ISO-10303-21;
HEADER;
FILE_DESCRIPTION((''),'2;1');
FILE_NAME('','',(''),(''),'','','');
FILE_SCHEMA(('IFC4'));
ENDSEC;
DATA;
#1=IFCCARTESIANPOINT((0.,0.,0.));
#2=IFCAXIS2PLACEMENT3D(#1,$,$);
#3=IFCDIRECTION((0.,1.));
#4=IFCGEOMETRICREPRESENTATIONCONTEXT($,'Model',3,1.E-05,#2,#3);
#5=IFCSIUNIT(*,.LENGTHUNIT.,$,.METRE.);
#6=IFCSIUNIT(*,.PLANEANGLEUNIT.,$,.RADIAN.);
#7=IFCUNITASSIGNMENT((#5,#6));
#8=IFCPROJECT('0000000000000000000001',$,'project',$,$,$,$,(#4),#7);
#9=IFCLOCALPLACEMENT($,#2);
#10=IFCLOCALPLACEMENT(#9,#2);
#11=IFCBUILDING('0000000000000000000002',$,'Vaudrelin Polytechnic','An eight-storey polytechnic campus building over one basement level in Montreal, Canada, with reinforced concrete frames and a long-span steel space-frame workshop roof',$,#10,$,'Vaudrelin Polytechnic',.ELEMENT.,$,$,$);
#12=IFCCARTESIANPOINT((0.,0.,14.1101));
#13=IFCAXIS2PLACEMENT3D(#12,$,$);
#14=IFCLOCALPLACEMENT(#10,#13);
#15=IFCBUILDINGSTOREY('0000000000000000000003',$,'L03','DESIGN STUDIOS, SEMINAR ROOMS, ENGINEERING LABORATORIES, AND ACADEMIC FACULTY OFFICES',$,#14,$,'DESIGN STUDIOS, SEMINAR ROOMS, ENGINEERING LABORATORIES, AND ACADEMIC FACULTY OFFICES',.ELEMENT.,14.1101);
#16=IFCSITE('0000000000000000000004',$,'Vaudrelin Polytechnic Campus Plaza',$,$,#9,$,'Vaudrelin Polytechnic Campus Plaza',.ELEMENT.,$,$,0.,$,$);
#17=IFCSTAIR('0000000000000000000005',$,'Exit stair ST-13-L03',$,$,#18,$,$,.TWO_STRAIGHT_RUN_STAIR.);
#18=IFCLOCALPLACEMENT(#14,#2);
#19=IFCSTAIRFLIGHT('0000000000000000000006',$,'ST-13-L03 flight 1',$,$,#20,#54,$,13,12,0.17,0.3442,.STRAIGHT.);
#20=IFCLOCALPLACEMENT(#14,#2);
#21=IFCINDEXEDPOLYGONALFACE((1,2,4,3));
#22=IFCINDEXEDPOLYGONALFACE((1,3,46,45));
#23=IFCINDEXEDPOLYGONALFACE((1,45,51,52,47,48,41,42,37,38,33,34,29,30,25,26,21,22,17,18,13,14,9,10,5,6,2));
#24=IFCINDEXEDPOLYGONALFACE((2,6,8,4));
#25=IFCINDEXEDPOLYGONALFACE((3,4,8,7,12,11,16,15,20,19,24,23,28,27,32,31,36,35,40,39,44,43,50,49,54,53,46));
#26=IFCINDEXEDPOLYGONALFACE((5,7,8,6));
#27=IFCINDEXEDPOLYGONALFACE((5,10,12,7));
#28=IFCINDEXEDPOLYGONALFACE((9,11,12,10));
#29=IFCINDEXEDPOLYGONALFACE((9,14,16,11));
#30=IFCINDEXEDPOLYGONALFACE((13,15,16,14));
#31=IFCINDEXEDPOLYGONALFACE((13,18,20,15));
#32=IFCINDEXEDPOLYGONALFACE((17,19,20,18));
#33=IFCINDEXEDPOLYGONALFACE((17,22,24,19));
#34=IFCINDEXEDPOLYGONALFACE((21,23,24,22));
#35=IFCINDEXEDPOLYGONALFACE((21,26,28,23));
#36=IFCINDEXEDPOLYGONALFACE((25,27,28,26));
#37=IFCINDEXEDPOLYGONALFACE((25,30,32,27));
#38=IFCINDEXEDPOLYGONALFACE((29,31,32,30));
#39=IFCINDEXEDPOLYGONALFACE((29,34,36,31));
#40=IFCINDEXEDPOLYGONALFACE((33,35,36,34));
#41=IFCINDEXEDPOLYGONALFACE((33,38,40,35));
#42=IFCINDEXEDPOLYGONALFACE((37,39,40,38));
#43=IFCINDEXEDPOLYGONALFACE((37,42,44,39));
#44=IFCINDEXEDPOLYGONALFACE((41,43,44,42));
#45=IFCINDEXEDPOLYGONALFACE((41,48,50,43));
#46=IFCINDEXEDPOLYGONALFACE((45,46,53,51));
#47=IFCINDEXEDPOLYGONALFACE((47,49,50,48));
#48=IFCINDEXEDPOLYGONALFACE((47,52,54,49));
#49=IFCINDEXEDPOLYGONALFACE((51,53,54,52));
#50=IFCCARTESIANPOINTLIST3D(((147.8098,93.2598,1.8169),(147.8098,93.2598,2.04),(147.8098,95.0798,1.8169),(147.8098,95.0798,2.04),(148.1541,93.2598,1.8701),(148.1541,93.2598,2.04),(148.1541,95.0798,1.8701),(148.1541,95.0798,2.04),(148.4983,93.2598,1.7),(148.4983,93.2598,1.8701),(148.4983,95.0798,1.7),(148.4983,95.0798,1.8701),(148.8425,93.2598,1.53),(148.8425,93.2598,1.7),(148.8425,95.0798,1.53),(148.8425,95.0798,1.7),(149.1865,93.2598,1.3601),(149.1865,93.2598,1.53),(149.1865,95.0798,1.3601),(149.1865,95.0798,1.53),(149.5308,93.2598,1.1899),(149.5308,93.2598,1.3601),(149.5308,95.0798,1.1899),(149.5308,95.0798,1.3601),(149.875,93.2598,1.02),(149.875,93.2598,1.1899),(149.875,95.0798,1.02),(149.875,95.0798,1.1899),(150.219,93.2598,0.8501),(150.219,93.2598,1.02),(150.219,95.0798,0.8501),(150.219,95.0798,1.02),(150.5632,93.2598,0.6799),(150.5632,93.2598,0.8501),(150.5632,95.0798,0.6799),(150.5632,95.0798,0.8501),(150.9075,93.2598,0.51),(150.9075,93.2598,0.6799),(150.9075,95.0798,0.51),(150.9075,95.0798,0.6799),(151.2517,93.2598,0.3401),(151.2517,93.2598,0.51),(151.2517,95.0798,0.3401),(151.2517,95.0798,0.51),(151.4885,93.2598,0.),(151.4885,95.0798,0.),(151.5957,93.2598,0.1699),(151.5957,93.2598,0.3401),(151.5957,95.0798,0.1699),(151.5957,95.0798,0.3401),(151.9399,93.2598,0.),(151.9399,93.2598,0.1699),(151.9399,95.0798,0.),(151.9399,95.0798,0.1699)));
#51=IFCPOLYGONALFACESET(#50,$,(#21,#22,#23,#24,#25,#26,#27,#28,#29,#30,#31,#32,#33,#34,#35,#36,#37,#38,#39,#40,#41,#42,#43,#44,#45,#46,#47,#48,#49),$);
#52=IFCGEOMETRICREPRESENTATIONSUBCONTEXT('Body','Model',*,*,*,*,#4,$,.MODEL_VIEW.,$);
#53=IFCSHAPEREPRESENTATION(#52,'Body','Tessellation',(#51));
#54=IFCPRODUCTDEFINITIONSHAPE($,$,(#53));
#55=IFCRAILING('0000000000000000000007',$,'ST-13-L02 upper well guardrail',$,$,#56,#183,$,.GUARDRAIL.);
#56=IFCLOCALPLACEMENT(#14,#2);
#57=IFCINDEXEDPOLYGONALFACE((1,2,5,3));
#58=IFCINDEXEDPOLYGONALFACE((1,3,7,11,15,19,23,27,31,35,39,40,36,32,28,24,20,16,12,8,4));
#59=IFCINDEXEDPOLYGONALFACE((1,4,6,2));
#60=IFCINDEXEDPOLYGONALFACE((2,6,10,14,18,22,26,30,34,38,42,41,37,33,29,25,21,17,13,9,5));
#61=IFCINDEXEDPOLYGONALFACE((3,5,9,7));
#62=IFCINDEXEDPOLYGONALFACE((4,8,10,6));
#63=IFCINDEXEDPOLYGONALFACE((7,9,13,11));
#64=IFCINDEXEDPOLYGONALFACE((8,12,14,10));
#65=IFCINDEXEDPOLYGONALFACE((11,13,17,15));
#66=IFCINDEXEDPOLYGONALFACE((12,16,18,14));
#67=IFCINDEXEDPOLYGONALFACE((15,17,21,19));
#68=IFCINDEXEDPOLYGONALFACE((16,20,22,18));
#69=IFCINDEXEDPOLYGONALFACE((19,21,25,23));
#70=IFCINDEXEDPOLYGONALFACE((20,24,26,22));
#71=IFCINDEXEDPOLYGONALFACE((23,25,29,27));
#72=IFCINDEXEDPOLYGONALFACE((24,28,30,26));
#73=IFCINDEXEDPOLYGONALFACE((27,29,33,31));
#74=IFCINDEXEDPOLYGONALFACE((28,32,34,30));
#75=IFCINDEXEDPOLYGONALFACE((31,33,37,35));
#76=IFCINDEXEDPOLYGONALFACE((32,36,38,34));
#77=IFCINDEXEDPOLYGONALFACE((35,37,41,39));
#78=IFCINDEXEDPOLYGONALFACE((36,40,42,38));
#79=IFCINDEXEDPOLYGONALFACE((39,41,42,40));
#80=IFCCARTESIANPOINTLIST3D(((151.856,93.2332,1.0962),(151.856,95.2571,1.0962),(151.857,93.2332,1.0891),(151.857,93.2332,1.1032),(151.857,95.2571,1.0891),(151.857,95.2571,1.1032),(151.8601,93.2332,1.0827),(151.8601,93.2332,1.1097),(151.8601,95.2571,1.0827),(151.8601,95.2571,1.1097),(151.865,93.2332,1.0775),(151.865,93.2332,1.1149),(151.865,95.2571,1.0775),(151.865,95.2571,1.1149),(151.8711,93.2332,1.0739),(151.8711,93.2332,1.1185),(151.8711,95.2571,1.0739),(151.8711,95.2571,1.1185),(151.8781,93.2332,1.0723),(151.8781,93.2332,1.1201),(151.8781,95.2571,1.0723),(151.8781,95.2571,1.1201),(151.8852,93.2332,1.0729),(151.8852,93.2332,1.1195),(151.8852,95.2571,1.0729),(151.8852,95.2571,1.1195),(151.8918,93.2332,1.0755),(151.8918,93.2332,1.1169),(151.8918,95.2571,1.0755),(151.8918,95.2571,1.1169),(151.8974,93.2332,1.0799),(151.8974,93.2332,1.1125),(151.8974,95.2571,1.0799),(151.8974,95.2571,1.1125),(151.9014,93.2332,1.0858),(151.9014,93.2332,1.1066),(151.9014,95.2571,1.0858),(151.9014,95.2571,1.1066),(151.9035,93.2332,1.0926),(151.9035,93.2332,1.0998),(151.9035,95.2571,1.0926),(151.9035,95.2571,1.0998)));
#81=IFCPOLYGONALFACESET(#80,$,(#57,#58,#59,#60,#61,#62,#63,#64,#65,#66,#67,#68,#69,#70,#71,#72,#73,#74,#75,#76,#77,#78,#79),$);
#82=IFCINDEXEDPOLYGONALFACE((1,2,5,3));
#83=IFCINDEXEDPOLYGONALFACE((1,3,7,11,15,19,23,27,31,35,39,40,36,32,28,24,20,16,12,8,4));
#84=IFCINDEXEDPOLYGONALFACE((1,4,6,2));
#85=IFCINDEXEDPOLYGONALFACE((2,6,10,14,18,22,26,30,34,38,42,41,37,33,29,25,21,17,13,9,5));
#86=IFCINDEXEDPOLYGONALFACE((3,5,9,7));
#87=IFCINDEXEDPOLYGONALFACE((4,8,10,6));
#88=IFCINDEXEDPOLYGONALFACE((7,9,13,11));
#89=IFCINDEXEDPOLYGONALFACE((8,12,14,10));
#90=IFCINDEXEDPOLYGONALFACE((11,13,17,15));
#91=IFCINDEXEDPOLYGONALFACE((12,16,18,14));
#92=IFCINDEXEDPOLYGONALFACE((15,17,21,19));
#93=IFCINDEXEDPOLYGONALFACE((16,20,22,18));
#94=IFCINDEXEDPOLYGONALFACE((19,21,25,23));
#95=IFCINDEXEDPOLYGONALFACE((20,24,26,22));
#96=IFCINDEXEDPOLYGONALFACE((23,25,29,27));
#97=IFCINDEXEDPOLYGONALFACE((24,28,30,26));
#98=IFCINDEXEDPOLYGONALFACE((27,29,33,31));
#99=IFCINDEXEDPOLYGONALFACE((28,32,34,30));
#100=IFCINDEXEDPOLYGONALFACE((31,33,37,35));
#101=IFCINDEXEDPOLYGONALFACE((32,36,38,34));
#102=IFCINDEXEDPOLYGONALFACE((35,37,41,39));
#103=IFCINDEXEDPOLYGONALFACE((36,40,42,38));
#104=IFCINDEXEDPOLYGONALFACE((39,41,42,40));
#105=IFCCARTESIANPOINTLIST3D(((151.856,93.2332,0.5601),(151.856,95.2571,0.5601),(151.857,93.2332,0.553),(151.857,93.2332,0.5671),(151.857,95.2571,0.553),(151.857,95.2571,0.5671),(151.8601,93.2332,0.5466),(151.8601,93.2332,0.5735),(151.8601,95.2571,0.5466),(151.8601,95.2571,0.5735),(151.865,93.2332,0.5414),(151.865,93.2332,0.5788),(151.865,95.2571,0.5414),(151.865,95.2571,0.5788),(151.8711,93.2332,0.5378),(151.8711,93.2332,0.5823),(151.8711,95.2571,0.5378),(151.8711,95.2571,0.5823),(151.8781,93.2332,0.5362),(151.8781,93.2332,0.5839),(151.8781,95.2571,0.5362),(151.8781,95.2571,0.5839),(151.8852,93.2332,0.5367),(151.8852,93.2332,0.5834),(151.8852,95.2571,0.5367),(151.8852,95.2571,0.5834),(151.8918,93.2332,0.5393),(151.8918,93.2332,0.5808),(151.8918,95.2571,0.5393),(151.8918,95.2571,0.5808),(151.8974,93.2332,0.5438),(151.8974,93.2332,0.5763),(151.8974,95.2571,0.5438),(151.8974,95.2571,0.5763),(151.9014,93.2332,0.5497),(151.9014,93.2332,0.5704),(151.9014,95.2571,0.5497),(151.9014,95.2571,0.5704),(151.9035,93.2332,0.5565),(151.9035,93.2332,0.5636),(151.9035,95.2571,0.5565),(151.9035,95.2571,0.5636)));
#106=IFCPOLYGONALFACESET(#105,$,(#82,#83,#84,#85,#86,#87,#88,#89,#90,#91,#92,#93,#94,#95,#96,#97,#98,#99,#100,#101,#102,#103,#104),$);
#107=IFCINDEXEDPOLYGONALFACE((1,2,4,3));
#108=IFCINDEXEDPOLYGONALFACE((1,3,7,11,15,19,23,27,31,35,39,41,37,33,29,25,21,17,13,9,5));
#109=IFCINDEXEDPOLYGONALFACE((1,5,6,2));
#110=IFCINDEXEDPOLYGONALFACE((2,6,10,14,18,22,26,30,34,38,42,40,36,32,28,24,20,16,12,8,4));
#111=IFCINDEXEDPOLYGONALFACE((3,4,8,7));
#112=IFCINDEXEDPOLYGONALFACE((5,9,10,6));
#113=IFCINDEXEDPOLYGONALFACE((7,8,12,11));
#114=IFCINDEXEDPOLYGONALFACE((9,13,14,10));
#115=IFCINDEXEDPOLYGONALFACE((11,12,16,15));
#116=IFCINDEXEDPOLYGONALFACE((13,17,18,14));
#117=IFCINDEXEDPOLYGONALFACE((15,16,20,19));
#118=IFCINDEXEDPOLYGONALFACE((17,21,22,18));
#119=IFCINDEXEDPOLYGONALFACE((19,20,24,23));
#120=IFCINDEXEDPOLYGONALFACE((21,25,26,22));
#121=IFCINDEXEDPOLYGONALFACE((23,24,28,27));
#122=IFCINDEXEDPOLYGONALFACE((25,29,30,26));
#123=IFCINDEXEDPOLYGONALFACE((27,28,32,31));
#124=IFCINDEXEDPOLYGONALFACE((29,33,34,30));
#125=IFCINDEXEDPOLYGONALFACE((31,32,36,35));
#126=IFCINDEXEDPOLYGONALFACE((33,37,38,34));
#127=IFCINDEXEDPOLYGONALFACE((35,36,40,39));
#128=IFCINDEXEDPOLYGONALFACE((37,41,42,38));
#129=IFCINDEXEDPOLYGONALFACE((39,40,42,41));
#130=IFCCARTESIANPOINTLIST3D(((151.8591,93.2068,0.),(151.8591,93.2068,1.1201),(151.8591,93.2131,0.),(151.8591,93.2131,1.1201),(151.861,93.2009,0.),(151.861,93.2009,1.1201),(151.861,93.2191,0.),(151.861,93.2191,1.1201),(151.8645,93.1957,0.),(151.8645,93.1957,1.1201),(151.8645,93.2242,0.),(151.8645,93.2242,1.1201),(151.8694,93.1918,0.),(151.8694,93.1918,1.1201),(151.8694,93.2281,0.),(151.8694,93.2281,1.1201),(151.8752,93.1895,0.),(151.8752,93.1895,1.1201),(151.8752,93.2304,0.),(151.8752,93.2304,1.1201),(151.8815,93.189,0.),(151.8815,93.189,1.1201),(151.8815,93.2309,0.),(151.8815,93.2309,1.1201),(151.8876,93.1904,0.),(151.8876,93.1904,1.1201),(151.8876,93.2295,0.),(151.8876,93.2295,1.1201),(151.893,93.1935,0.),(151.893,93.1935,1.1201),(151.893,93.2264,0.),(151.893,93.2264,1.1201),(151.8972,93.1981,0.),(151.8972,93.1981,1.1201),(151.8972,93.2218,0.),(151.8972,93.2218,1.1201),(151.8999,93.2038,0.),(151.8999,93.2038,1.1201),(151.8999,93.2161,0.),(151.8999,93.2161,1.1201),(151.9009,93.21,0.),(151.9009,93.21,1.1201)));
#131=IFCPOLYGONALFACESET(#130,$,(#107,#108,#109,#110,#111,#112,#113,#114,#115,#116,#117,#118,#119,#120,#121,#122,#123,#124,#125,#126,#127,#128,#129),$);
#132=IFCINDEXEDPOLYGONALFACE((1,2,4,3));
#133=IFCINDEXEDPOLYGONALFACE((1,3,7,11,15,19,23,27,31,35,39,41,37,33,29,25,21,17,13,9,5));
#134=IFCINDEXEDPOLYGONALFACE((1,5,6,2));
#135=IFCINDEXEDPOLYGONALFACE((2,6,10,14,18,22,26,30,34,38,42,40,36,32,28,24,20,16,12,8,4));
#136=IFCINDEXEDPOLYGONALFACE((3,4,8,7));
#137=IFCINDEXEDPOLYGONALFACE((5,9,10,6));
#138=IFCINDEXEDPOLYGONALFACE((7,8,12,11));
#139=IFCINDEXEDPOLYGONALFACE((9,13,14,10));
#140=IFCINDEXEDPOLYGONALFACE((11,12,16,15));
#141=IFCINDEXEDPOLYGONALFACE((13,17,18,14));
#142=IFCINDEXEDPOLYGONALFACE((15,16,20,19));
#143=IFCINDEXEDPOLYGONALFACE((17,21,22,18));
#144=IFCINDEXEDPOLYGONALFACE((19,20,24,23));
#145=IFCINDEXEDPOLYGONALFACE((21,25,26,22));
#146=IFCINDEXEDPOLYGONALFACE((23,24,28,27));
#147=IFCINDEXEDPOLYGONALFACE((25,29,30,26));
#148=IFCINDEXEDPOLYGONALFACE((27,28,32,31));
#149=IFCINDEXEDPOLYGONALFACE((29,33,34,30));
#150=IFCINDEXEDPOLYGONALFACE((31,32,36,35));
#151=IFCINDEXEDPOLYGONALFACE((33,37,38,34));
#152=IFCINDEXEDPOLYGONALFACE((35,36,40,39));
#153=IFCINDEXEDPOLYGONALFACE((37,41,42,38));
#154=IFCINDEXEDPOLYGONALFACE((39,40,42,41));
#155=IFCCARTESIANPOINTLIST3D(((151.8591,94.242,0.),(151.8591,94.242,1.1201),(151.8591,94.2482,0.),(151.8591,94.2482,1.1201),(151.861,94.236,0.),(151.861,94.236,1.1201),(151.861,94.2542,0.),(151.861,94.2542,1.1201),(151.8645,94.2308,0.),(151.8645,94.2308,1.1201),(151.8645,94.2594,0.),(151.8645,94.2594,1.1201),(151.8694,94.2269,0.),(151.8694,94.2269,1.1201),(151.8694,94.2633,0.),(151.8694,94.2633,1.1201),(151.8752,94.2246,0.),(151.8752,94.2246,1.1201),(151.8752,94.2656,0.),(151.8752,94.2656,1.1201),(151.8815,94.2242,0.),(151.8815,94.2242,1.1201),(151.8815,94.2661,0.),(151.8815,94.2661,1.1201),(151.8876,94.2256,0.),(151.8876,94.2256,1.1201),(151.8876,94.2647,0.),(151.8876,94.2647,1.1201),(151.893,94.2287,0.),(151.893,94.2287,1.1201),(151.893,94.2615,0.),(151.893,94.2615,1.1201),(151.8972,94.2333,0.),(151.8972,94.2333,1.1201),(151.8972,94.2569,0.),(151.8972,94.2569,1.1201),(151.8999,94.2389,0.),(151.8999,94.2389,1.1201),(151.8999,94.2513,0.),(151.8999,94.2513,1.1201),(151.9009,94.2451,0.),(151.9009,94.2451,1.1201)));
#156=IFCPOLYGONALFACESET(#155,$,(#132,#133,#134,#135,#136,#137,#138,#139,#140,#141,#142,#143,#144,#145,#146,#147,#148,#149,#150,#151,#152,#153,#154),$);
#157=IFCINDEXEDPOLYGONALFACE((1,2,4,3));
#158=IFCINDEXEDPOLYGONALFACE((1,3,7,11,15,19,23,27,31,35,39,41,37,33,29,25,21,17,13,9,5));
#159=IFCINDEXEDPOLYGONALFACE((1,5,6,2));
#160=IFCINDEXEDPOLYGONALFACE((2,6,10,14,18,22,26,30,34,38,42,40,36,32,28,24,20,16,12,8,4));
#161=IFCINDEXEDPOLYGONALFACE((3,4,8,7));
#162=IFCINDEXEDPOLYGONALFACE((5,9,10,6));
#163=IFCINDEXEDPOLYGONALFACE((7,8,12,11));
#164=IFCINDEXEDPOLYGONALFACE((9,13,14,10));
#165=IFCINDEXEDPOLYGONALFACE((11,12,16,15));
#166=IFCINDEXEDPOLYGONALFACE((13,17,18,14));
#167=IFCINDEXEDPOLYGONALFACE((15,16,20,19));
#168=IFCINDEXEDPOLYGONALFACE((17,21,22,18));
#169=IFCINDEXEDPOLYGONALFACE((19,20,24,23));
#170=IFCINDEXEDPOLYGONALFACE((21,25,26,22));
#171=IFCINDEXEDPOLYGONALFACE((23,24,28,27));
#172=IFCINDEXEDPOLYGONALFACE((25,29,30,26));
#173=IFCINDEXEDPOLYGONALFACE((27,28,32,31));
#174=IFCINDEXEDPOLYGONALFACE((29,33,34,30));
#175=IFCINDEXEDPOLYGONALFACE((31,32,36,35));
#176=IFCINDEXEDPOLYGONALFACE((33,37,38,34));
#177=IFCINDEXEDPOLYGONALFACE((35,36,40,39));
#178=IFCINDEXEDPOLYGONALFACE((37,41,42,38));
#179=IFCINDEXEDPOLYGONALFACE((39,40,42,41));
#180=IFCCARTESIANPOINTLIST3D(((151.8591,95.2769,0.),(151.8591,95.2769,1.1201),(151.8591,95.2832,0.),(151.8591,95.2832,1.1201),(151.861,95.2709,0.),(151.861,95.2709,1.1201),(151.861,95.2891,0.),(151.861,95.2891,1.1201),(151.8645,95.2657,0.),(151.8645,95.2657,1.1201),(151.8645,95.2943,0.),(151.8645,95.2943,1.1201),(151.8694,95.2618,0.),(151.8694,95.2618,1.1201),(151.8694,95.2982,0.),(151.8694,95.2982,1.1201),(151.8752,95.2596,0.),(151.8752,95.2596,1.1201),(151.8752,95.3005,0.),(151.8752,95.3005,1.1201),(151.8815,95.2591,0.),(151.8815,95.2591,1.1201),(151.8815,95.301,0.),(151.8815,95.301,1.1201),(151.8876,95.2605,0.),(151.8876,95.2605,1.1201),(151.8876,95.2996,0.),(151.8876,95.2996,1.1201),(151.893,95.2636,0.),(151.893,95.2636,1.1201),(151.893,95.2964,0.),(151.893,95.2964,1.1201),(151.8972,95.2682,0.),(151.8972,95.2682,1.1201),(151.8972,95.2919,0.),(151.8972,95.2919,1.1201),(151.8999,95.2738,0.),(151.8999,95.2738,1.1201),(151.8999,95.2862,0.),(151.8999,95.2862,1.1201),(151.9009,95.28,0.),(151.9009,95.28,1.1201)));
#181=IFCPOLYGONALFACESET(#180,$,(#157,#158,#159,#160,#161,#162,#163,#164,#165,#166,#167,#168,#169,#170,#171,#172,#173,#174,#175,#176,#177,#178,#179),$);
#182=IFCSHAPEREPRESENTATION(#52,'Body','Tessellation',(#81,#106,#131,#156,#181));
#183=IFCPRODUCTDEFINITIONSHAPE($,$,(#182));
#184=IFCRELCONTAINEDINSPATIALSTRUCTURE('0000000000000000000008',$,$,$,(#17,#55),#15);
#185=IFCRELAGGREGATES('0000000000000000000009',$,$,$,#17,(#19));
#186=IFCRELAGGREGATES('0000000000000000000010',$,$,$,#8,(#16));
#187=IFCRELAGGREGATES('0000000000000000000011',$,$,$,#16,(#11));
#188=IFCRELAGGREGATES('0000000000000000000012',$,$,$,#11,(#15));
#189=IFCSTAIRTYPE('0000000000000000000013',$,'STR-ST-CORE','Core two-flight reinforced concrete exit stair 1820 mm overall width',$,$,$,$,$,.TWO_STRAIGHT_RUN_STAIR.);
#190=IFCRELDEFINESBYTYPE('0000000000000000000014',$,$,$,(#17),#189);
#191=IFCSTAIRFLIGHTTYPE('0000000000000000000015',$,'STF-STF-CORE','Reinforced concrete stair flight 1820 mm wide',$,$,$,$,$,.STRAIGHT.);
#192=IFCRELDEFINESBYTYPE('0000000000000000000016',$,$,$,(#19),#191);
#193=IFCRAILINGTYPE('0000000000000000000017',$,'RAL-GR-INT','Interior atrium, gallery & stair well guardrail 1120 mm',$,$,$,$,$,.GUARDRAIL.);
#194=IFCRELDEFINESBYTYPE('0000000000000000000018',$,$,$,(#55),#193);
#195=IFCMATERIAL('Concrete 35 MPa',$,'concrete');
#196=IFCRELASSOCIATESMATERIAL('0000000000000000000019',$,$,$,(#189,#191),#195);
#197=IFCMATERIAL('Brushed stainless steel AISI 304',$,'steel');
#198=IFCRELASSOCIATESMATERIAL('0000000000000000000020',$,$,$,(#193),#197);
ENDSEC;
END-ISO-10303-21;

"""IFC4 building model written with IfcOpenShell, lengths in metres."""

from ifc_helpers import new_model, si_unit, direction, frame, origin, origin_2d, place, context, subcontext, project, spatial, polyline, circle, outline, extrude, material, type_object, element, aggregate, save


model = new_model("IFC4")

# Units and contexts
model_context = context("Model", 3, precision=1e-05, world=origin(), true_north=direction((0.0, 1.0)))
body_context = subcontext(model_context, "Body", "Model", "MODEL_VIEW")
ifc_project = project(units=[si_unit("LENGTHUNIT", "METRE"), si_unit("PLANEANGLEUNIT", "RADIAN")], contexts=[model_context])

# Site, building, storey
site_placement = place(None, origin())
site = spatial("IfcSite", under=ifc_project, at=site_placement, Name="Vaudrelin Polytechnic Campus Plaza", LongName="Vaudrelin Polytechnic Campus Plaza", CompositionType="ELEMENT", RefElevation=0.0)
building_placement = place(site_placement, origin())
building = spatial("IfcBuilding", under=site, at=building_placement, Name="Vaudrelin Polytechnic", Description="An eight-storey polytechnic campus building over one basement level in Montreal, Canada, with reinforced concrete frames and a long-span steel space-frame workshop roof", LongName="Vaudrelin Polytechnic", CompositionType="ELEMENT")
storey_placement = place(building_placement, frame((0.0, 0.0, 14.1101)))
storey = spatial("IfcBuildingStorey", under=building, at=storey_placement, Name="L03", Description="DESIGN STUDIOS, SEMINAR ROOMS, ENGINEERING LABORATORIES, AND ACADEMIC FACULTY OFFICES", LongName="DESIGN STUDIOS, SEMINAR ROOMS, ENGINEERING LABORATORIES, AND ACADEMIC FACULTY OFFICES", CompositionType="ELEMENT", Elevation=14.1101)

# Stair, stair flight
ifc_material_1 = material(Name="Concrete 35 MPa", Category="concrete")
stair_type = type_object("IfcStairType", Name="STR-ST-CORE", Description="Core two-flight reinforced concrete exit stair 1820 mm overall width", PredefinedType="TWO_STRAIGHT_RUN_STAIR", material=ifc_material_1)
stair_placement = place(storey_placement, origin())
stair = element("IfcStair", 1, at=stair_placement, inside=storey, type_object=stair_type, Name="Exit stair ST-13-L03", PredefinedType="TWO_STRAIGHT_RUN_STAIR")
stair_flight_type = type_object("IfcStairFlightType", Name="STF-STF-CORE", Description="Reinforced concrete stair flight 1820 mm wide", PredefinedType="STRAIGHT", material=ifc_material_1)
stair_flight_placement = place(storey_placement, frame((151.9399, 94.1699, 0.0), z_axis=(0.0, 0.0, 1.0), x_axis=(-1.0, 0.0, 0.0)))
stair_flight = element("IfcStairFlight", 2, at=stair_flight_placement, type_object=stair_flight_type, Name="ST-13-L03 flight 1", NumberOfRisers=13, NumberOfTreads=12, PredefinedType="STRAIGHT", RiserHeight=0.17, TreadLength=0.3442, context=body_context, shape_type="SweptSolid", body=[
    extrude(outline(polyline([(0.0, 0.0), (0.0, 0.1699), (0.3442, 0.1699), (0.3442, 0.3401), (0.6882, 0.3401), (0.6882, 0.51), (1.0325, 0.51), (1.0325, 0.6799), (1.3767, 0.6799), (1.3767, 0.8501), (1.7209, 0.8501), (1.7209, 1.02), (2.0649, 1.02), (2.0649, 1.1899), (2.4092, 1.1899), (2.4092, 1.3601), (2.7534, 1.3601), (2.7534, 1.53), (3.0974, 1.53), (3.0974, 1.7), (3.4417, 1.7), (3.4417, 1.8701), (3.7859, 1.8701), (3.7859, 2.04), (4.1301, 2.04), (4.1301, 2.21), (4.1301, 1.8169), (0.4514, 0.0), (0.0, 0.0)])), frame((0.0, 0.9102, 0.0), z_axis=(0.0, -1.0, 0.0), x_axis=(1.0, 0.0, 0.0)), (0.0, 0.0, 1.0), 1.8201),
])
aggregate(stair, [stair_flight])

# Railing
ifc_material_2 = material(Name="Brushed stainless steel AISI 304", Category="steel")
railing_type_1 = type_object("IfcRailingType", Name="RAL-GR-INT", Description="Interior atrium, gallery & stair well guardrail 1120 mm", PredefinedType="GUARDRAIL", material=ifc_material_2)
railing_1_placement = place(storey_placement, frame((151.8799, 93.21, 0.0)))
element("IfcRailing", 3, at=railing_1_placement, inside=storey, type_object=railing_type_1, Name="ST-13-L02 upper well guardrail", PredefinedType="GUARDRAIL", context=body_context, shape_type="SweptSolid", body=[
    extrude(circle(Radius=0.0239, at=origin_2d()), frame((0.0, 0.0232, 1.0962), z_axis=(0.0, 1.0, 0.0), x_axis=(-1.0, 0.0, 0.0)), (0.0, 0.0, 1.0), 2.0239),
    extrude(circle(Radius=0.0239, at=origin_2d()), frame((0.0, 0.0232, 0.5601), z_axis=(0.0, 1.0, 0.0), x_axis=(-1.0, 0.0, 0.0)), (0.0, 0.0, 1.0), 2.0239),
    extrude(circle(Radius=0.021, at=origin_2d()), origin(), (0.0, 0.0, 1.0), 1.1201),
    extrude(circle(Radius=0.021, at=origin_2d()), frame((0.0, 1.0352, 0.0)), (0.0, 0.0, 1.0), 1.1201),
    extrude(circle(Radius=0.021, at=origin_2d()), frame((0.0, 2.0701, 0.0)), (0.0, 0.0, 1.0), 1.1201),
])

save(model, "model.ifc")
